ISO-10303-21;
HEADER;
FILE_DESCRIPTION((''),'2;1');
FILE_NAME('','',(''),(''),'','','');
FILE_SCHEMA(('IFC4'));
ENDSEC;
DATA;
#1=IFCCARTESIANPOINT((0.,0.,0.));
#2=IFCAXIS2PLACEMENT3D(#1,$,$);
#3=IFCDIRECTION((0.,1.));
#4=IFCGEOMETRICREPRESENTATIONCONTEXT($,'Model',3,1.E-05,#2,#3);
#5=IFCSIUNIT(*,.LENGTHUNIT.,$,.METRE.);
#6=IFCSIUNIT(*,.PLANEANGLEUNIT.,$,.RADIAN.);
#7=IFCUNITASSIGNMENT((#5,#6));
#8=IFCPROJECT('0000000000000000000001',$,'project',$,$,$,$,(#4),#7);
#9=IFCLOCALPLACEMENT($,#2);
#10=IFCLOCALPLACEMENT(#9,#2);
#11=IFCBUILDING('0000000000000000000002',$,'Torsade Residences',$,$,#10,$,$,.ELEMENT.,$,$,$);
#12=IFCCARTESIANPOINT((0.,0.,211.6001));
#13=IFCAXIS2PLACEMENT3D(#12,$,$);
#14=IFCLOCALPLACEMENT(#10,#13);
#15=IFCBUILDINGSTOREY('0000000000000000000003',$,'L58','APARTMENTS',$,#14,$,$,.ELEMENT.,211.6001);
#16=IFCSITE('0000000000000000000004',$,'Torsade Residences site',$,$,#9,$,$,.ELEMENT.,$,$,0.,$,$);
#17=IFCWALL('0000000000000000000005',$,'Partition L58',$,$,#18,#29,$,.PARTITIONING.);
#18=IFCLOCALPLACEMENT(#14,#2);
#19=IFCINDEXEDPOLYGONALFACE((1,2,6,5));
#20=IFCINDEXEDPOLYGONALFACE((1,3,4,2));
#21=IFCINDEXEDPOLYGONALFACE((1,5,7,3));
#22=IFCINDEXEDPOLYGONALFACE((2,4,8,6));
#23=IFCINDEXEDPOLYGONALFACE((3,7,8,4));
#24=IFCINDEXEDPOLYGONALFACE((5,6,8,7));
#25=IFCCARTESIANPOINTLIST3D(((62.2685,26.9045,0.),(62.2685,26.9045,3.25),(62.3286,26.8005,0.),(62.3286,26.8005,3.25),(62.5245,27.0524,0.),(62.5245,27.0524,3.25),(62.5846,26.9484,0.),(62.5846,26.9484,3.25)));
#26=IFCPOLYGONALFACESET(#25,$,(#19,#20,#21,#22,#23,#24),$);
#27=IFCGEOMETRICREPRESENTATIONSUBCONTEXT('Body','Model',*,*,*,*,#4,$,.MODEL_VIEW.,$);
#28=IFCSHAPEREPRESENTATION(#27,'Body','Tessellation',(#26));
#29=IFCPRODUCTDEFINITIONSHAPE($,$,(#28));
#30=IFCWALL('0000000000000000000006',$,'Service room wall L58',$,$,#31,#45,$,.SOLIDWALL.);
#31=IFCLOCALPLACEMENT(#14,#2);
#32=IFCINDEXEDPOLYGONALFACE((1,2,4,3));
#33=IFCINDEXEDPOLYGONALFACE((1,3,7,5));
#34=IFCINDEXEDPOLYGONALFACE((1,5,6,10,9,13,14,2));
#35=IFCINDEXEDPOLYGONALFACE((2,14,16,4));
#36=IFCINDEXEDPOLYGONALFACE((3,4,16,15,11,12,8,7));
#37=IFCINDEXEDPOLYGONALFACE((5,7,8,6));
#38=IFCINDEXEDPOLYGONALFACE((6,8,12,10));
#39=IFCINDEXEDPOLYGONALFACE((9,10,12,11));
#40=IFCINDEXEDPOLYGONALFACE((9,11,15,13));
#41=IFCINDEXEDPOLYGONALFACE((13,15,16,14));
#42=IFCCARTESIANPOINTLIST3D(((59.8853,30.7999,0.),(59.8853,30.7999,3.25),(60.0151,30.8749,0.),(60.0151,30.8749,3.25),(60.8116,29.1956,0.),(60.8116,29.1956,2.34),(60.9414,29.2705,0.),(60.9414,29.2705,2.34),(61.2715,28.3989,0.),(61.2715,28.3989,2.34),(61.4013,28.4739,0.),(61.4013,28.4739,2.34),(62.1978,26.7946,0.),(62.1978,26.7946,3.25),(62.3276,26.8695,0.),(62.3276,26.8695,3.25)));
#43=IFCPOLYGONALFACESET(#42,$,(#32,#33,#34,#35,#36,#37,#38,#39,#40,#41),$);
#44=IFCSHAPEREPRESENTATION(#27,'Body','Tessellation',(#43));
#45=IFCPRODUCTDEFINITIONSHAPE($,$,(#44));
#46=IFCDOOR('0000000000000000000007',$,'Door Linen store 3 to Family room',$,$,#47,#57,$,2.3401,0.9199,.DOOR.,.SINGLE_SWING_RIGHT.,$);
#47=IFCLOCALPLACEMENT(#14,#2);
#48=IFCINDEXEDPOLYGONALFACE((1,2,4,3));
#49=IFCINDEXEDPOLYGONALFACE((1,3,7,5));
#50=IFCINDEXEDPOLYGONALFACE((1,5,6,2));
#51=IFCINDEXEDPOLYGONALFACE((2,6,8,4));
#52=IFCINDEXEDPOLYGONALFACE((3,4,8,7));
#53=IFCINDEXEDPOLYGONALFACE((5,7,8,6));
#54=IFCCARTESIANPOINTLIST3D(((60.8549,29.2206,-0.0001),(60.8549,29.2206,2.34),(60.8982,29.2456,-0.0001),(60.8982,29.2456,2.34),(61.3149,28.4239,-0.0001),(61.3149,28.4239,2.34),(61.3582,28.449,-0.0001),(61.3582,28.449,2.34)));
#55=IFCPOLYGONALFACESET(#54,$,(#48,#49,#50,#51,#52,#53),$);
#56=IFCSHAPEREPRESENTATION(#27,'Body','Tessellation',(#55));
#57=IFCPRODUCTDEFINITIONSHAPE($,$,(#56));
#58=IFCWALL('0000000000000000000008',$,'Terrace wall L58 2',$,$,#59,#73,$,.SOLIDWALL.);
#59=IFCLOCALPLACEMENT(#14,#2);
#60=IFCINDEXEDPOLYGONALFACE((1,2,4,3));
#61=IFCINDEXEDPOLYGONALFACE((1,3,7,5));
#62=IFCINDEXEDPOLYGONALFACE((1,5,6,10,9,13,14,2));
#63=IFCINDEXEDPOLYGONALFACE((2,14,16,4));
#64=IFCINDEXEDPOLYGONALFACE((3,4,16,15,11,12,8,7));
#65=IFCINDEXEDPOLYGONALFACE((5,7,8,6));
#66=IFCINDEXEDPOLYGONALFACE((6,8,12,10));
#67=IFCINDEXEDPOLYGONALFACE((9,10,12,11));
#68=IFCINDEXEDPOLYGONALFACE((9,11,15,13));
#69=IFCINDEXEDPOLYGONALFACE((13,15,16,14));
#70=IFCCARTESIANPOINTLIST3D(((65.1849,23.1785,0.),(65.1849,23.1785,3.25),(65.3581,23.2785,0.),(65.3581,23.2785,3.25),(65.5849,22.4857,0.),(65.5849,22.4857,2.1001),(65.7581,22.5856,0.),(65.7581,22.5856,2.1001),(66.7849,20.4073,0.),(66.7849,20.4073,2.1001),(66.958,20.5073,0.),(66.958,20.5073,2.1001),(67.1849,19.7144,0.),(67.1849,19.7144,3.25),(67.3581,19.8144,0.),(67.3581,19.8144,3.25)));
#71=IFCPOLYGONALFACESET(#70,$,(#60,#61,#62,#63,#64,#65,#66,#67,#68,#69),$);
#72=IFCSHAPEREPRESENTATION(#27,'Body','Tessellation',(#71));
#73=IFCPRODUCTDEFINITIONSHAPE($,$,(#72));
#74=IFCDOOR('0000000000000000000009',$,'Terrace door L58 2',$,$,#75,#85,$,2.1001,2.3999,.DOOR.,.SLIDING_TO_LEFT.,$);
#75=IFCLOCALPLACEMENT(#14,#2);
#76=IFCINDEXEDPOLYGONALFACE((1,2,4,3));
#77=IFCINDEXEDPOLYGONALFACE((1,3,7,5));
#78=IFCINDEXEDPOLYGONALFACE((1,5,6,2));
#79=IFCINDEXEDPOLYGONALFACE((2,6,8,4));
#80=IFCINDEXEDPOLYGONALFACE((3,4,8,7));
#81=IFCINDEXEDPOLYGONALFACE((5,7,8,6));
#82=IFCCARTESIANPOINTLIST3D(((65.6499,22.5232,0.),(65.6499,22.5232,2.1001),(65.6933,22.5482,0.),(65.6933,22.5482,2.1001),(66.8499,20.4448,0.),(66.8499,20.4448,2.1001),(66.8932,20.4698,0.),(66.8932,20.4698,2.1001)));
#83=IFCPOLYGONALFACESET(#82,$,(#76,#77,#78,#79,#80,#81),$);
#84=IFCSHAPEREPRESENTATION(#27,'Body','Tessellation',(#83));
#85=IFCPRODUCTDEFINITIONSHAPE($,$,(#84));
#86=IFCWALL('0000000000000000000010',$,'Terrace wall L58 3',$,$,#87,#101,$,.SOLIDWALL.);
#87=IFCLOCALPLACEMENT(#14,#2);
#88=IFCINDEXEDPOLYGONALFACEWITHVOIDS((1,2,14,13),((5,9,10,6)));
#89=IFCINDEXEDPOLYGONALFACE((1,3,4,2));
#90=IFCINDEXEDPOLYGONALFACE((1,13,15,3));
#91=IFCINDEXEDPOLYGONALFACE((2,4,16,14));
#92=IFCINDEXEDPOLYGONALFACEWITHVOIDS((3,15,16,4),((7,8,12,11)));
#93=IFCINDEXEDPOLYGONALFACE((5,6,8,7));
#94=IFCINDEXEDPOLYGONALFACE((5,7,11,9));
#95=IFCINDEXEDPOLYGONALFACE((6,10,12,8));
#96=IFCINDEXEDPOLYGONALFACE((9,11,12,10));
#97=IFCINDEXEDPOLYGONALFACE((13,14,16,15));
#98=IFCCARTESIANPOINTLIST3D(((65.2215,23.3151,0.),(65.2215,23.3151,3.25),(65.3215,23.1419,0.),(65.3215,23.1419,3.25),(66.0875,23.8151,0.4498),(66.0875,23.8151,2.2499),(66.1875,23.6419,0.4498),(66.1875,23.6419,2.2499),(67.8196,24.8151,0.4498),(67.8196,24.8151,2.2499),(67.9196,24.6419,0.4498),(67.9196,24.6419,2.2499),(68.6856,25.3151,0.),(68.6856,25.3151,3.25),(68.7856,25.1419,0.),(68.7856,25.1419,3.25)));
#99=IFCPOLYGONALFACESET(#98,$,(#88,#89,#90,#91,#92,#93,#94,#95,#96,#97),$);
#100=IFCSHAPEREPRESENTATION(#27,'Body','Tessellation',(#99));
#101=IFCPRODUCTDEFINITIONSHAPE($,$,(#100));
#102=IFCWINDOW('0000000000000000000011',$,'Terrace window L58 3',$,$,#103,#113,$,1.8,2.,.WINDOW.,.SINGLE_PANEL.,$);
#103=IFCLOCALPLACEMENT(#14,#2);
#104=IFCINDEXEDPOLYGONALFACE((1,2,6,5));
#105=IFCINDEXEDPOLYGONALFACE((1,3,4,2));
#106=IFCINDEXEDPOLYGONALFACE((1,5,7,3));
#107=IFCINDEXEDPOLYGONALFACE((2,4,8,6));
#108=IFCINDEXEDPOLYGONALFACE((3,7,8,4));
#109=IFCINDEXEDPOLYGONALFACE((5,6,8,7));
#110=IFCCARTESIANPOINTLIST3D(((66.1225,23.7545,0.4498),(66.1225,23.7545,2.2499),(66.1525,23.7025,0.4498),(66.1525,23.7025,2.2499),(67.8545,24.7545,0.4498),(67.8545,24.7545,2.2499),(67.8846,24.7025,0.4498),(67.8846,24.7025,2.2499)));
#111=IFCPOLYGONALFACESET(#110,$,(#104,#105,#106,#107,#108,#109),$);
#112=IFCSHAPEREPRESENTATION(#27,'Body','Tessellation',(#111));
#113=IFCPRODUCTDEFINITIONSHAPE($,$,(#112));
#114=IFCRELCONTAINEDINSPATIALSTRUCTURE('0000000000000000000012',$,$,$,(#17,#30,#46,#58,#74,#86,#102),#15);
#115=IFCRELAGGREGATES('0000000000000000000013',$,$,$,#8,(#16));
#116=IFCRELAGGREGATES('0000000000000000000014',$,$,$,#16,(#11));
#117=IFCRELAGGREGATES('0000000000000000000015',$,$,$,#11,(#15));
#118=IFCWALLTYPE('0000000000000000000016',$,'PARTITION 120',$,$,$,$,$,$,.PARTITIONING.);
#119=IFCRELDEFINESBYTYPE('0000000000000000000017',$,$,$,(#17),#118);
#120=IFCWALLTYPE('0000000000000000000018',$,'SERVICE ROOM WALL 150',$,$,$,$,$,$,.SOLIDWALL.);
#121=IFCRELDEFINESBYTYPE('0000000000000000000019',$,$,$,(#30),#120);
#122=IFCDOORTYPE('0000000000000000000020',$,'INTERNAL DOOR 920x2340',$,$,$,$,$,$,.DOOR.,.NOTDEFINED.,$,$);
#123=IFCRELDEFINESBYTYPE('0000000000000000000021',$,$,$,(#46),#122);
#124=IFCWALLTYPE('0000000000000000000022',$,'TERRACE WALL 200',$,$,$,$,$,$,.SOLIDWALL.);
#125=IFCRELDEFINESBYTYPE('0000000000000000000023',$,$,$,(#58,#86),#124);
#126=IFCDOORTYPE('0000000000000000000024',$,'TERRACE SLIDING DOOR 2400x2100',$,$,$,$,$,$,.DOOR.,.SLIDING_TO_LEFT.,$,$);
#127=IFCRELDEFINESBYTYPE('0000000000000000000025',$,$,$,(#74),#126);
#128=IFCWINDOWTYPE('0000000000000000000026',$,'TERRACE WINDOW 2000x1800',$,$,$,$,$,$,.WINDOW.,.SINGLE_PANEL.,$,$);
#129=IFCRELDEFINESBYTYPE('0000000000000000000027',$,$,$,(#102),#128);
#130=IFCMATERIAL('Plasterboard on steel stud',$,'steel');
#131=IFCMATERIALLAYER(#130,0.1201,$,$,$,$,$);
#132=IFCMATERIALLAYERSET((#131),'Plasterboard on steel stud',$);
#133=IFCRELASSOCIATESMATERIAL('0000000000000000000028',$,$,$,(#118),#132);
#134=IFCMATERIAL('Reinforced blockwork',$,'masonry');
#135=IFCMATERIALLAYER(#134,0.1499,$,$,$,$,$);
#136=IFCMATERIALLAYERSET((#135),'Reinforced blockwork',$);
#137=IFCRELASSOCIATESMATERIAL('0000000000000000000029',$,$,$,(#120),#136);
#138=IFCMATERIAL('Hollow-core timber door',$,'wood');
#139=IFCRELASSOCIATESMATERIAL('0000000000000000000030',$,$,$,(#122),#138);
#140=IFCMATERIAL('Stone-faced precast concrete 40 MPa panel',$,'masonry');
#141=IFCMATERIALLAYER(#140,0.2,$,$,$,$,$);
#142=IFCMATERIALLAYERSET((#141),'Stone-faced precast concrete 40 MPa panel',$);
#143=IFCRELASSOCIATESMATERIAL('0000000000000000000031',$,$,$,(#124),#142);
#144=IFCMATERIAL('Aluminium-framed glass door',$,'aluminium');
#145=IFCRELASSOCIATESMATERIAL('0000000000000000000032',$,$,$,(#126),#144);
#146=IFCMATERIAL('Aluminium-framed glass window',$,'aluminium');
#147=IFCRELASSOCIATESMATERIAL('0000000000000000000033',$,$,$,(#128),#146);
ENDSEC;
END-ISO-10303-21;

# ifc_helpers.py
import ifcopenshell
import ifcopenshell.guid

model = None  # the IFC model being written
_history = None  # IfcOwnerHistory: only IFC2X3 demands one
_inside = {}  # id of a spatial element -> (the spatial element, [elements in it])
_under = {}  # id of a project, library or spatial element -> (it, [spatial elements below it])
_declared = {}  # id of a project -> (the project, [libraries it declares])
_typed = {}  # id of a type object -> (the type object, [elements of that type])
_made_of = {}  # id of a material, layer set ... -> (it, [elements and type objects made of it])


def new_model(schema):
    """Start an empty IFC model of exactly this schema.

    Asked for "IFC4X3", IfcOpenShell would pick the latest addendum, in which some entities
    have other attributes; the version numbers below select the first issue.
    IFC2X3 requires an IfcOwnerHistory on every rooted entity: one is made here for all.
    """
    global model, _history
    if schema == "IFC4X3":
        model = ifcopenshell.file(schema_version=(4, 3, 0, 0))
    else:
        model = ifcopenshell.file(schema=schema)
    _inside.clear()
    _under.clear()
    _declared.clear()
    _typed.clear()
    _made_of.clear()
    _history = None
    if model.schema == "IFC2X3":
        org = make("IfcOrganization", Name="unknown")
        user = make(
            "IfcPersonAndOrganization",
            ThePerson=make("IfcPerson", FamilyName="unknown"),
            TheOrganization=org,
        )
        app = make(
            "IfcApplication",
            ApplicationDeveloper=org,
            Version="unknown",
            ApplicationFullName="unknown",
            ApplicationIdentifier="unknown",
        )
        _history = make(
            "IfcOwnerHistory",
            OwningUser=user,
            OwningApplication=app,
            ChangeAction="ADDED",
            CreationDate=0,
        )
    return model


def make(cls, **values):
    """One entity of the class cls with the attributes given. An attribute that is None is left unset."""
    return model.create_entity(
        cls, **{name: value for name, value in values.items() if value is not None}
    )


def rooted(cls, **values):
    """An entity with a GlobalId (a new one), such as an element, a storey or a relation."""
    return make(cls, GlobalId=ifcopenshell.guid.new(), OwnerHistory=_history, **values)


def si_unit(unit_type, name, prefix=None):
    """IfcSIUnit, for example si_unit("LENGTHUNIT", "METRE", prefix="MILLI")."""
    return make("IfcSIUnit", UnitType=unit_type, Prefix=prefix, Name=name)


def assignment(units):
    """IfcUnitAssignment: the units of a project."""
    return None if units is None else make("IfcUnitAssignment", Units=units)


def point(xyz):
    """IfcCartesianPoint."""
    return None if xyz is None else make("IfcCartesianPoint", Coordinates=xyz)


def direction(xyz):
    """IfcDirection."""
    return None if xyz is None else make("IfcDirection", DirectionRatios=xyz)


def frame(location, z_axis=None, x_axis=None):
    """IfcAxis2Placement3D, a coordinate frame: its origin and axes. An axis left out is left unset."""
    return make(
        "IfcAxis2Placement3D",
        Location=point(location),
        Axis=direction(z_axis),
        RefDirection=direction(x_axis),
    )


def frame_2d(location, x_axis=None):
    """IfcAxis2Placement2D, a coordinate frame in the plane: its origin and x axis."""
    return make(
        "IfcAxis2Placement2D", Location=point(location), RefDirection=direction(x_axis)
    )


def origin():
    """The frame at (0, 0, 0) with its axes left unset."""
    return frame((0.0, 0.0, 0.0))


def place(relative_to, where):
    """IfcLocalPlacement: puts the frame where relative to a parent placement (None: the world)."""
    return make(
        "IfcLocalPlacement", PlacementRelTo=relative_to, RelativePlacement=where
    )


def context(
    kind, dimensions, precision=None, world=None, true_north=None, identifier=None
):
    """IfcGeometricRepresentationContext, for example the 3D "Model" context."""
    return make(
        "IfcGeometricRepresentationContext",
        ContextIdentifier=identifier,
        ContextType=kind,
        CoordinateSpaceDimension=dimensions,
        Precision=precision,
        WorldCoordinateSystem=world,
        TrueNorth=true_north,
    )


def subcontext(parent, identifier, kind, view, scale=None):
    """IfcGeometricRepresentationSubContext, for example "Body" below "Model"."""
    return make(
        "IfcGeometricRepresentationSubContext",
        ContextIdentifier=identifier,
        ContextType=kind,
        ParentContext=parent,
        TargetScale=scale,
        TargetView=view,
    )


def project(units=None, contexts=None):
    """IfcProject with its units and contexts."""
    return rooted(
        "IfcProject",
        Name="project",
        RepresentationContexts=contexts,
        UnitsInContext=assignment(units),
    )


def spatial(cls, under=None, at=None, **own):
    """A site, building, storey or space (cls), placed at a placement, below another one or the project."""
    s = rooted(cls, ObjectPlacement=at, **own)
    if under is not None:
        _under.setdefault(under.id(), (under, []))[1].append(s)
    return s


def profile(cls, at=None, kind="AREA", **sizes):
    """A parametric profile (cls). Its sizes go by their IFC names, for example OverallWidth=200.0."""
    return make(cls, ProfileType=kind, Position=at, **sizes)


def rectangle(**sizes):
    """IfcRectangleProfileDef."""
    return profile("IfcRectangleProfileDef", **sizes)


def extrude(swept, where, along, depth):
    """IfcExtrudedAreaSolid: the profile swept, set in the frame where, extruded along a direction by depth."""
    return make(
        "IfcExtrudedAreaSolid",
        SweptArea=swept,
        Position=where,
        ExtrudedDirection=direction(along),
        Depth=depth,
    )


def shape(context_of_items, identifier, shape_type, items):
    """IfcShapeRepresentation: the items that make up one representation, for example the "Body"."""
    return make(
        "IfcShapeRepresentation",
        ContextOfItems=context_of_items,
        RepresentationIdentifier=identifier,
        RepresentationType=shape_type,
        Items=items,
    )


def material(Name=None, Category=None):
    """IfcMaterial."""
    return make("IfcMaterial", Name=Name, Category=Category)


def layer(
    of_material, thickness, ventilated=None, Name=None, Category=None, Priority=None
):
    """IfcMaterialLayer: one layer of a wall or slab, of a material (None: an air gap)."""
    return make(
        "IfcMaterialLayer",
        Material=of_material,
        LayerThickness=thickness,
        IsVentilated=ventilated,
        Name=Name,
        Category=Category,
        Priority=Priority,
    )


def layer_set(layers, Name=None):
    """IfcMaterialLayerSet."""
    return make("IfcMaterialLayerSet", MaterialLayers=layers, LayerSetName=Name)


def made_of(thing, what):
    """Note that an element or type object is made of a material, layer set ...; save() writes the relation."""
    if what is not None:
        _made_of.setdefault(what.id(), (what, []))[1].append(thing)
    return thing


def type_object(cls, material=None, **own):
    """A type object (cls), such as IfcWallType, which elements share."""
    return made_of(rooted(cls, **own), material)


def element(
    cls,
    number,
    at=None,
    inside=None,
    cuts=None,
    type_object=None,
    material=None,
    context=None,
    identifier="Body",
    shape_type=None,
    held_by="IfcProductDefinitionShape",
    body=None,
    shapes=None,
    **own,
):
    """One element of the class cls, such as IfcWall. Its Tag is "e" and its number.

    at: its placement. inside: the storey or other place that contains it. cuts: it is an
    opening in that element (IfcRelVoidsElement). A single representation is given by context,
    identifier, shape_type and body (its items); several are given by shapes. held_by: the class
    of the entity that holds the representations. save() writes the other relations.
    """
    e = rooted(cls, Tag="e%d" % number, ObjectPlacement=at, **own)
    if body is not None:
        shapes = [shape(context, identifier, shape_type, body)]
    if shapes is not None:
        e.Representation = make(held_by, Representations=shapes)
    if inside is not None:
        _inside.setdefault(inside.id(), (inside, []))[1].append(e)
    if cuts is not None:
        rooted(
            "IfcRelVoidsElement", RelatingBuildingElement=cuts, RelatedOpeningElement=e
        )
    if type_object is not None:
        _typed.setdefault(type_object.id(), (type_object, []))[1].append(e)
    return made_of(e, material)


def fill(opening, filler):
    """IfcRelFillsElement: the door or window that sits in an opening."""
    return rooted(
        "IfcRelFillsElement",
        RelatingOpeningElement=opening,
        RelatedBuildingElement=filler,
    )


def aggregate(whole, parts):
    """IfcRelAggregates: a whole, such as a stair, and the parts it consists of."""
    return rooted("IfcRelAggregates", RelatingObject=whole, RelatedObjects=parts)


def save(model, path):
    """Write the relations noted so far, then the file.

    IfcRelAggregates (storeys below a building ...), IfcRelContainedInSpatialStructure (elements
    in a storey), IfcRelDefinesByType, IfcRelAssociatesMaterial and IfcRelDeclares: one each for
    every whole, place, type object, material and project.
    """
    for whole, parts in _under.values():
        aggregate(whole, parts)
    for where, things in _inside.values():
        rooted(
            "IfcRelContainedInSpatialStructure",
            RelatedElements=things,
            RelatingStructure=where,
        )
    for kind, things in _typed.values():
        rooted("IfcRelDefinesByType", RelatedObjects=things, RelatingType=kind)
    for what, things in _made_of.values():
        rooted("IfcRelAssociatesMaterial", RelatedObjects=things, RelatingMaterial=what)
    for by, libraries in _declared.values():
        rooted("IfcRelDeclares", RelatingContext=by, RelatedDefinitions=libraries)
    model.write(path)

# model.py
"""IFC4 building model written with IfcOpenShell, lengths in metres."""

from ifc_helpers import new_model, si_unit, direction, frame, frame_2d, origin, place, context, subcontext, project, spatial, rectangle, extrude, material, layer, layer_set, type_object, element, fill, save


model = new_model("IFC4")

# Units and contexts
model_context = context("Model", 3, precision=1e-05, world=origin(), true_north=direction((0.0, 1.0)))
body_context = subcontext(model_context, "Body", "Model", "MODEL_VIEW")
ifc_project = project(units=[si_unit("LENGTHUNIT", "METRE"), si_unit("PLANEANGLEUNIT", "RADIAN")], contexts=[model_context])

# Site, building, storey
site_placement = place(None, origin())
site = spatial("IfcSite", under=ifc_project, at=site_placement, Name="Torsade Residences site", CompositionType="ELEMENT", RefElevation=0.0)
building_placement = place(site_placement, origin())
building = spatial("IfcBuilding", under=site, at=building_placement, Name="Torsade Residences", CompositionType="ELEMENT")
storey_placement = place(building_placement, frame((0.0, 0.0, 211.6001)))
storey = spatial("IfcBuildingStorey", under=building, at=storey_placement, Name="L58", Description="APARTMENTS", CompositionType="ELEMENT", Elevation=211.6001)

# Wall
ifc_material_1 = material(Name="Plasterboard on steel stud", Category="steel")
ifc_layer_1 = layer(ifc_material_1, 0.1201)
ifc_layer_set_1 = layer_set([ifc_layer_1], Name="Plasterboard on steel stud")
wall_type_1 = type_object("IfcWallType", Name="PARTITION 120", PredefinedType="PARTITIONING", material=ifc_layer_set_1)
wall_1_placement = place(storey_placement, frame((62.5547, 27.0005, 0.0), z_axis=(0.0, 0.0, 1.0), x_axis=(-0.865897, -0.500223, 0.0)))
element("IfcWall", 1, at=wall_1_placement, inside=storey, type_object=wall_type_1, Name="Partition L58", PredefinedType="PARTITIONING", context=body_context, shape_type="SweptSolid", body=[
    extrude(rectangle(XDim=0.2957, YDim=0.1201, at=frame_2d((0.1479, 0.0))), origin(), (0.0, 0.0, 1.0), 3.25),
])

# Walls, openings, doors
ifc_material_2 = material(Name="Reinforced blockwork", Category="masonry")
ifc_layer_2 = layer(ifc_material_2, 0.1499)
ifc_layer_set_2 = layer_set([ifc_layer_2], Name="Reinforced blockwork")
wall_type_2 = type_object("IfcWallType", Name="SERVICE ROOM WALL 150", PredefinedType="SOLIDWALL", material=ifc_layer_set_2)
wall_2_placement = place(storey_placement, frame((62.2627, 26.832, 0.0), z_axis=(0.0, 0.0, 1.0), x_axis=(-0.5, 0.866026, 0.0)))
wall_2 = element("IfcWall", 2, at=wall_2_placement, inside=storey, type_object=wall_type_2, Name="Service room wall L58", PredefinedType="SOLIDWALL", context=body_context, shape_type="SweptSolid", body=[
    extrude(rectangle(XDim=4.625, YDim=0.1499, at=frame_2d((2.3125, 0.0))), origin(), (0.0, 0.0, 1.0), 3.25),
])
opening_1_placement = place(wall_2_placement, frame((1.8525, 0.0, 0.0)))
opening_1 = element("IfcOpeningElement", 3, at=opening_1_placement, cuts=wall_2, PredefinedType="OPENING", context=body_context, shape_type="SweptSolid", body=[
    extrude(rectangle(XDim=0.9199, YDim=2.3401, at=frame_2d((0.46, 1.1699))), frame((0.0, 0.085, 0.0), z_axis=(0.0, -1.0, 0.0), x_axis=(1.0, 0.0, 0.0)), (0.0, 0.0, 1.0), 0.1699),
])
ifc_material_3 = material(Name="Hollow-core timber door", Category="wood")
door_type_1 = type_object("IfcDoorType", Name="INTERNAL DOOR 920x2340", OperationType="NOTDEFINED", PredefinedType="DOOR", material=ifc_material_3)
door_1_placement = place(opening_1_placement, origin())
door_1 = element("IfcDoor", 4, at=door_1_placement, inside=storey, type_object=door_type_1, Name="Door Linen store 3 to Family room", OperationType="SINGLE_SWING_RIGHT", OverallHeight=2.3401, OverallWidth=0.9199, PredefinedType="DOOR", context=body_context, shape_type="SweptSolid", body=[
    extrude(rectangle(XDim=0.9199, YDim=2.3401, at=frame_2d((0.46, 1.1699))), frame((0.0, 0.0249, 0.0), z_axis=(0.0, -1.0, 0.0), x_axis=(1.0, 0.0, 0.0)), (0.0, 0.0, 1.0), 0.05),
])
fill(opening_1, door_1)
ifc_material_4 = material(Name="Stone-faced precast concrete 40 MPa panel", Category="masonry")
ifc_layer_3 = layer(ifc_material_4, 0.2)
ifc_layer_set_3 = layer_set([ifc_layer_3], Name="Stone-faced precast concrete 40 MPa panel")
wall_type_3 = type_object("IfcWallType", Name="TERRACE WALL 200", PredefinedType="SOLIDWALL", material=ifc_layer_set_3)
wall_3_placement = place(storey_placement, frame((67.2715, 19.7644, 0.0), z_axis=(0.0, 0.0, 1.0), x_axis=(-0.499999, 0.866026, 0.0)))
wall_3 = element("IfcWall", 5, at=wall_3_placement, inside=storey, type_object=wall_type_3, Name="Terrace wall L58 2", PredefinedType="SOLIDWALL", context=body_context, shape_type="SweptSolid", body=[
    extrude(rectangle(XDim=4.0, YDim=0.2, at=frame_2d((2.0, 0.0))), origin(), (0.0, 0.0, 1.0), 3.25),
])
opening_2_placement = place(wall_3_placement, frame((0.8, 0.0, 0.0)))
opening_2 = element("IfcOpeningElement", 6, at=opening_2_placement, cuts=wall_3, PredefinedType="OPENING", context=body_context, shape_type="SweptSolid", body=[
    extrude(rectangle(XDim=2.3999, YDim=2.1001, at=frame_2d((1.2, 1.05))), frame((0.0, 0.1099, 0.0), z_axis=(0.0, -1.0, 0.0), x_axis=(1.0, 0.0, 0.0)), (0.0, 0.0, 1.0), 0.22),
])
ifc_material_5 = material(Name="Aluminium-framed glass door", Category="aluminium")
door_type_2 = type_object("IfcDoorType", Name="TERRACE SLIDING DOOR 2400x2100", OperationType="SLIDING_TO_LEFT", PredefinedType="DOOR", material=ifc_material_5)
door_2_placement = place(opening_2_placement, origin())
door_2 = element("IfcDoor", 7, at=door_2_placement, inside=storey, type_object=door_type_2, Name="Terrace door L58 2", OperationType="SLIDING_TO_LEFT", OverallHeight=2.1001, OverallWidth=2.3999, PredefinedType="DOOR", context=body_context, shape_type="SweptSolid", body=[
    extrude(rectangle(XDim=2.3999, YDim=2.1001, at=frame_2d((1.2, 1.05))), frame((0.0, 0.0249, 0.0), z_axis=(0.0, -1.0, 0.0), x_axis=(1.0, 0.0, 0.0)), (0.0, 0.0, 1.0), 0.05),
])
fill(opening_2, door_2)

# Wall, opening, window
wall_4_placement = place(storey_placement, frame((65.2715, 23.2285, 0.0), z_axis=(0.0, 0.0, 1.0), x_axis=(0.866026, 0.499999, 0.0)))
wall_4 = element("IfcWall", 8, at=wall_4_placement, inside=storey, type_object=wall_type_3, Name="Terrace wall L58 3", PredefinedType="SOLIDWALL", context=body_context, shape_type="SweptSolid", body=[
    extrude(rectangle(XDim=4.0, YDim=0.2, at=frame_2d((2.0, 0.0))), origin(), (0.0, 0.0, 1.0), 3.25),
])
opening_3_placement = place(wall_4_placement, frame((1.0, 0.0, 0.45)))
opening_3 = element("IfcOpeningElement", 9, at=opening_3_placement, cuts=wall_4, PredefinedType="OPENING", context=body_context, shape_type="SweptSolid", body=[
    extrude(rectangle(XDim=2.0, YDim=1.8, at=frame_2d((1.0, 0.8999))), frame((0.0, 0.1099, 0.0), z_axis=(0.0, -1.0, 0.0), x_axis=(1.0, 0.0, 0.0)), (0.0, 0.0, 1.0), 0.22),
])
ifc_material_6 = material(Name="Aluminium-framed glass window", Category="aluminium")
window_type = type_object("IfcWindowType", Name="TERRACE WINDOW 2000x1800", PartitioningType="SINGLE_PANEL", PredefinedType="WINDOW", material=ifc_material_6)
window_placement = place(opening_3_placement, origin())
window = element("IfcWindow", 10, at=window_placement, inside=storey, type_object=window_type, Name="Terrace window L58 3", OverallHeight=1.8, OverallWidth=2.0, PartitioningType="SINGLE_PANEL", PredefinedType="WINDOW", context=body_context, shape_type="SweptSolid", body=[
    extrude(rectangle(XDim=2.0, YDim=1.8, at=frame_2d((1.0, 0.8999))), frame((0.0, 0.03, 0.0), z_axis=(0.0, -1.0, 0.0), x_axis=(1.0, 0.0, 0.0)), (0.0, 0.0, 1.0), 0.0601),
])
fill(opening_3, window)

save(model, "model.ifc")
